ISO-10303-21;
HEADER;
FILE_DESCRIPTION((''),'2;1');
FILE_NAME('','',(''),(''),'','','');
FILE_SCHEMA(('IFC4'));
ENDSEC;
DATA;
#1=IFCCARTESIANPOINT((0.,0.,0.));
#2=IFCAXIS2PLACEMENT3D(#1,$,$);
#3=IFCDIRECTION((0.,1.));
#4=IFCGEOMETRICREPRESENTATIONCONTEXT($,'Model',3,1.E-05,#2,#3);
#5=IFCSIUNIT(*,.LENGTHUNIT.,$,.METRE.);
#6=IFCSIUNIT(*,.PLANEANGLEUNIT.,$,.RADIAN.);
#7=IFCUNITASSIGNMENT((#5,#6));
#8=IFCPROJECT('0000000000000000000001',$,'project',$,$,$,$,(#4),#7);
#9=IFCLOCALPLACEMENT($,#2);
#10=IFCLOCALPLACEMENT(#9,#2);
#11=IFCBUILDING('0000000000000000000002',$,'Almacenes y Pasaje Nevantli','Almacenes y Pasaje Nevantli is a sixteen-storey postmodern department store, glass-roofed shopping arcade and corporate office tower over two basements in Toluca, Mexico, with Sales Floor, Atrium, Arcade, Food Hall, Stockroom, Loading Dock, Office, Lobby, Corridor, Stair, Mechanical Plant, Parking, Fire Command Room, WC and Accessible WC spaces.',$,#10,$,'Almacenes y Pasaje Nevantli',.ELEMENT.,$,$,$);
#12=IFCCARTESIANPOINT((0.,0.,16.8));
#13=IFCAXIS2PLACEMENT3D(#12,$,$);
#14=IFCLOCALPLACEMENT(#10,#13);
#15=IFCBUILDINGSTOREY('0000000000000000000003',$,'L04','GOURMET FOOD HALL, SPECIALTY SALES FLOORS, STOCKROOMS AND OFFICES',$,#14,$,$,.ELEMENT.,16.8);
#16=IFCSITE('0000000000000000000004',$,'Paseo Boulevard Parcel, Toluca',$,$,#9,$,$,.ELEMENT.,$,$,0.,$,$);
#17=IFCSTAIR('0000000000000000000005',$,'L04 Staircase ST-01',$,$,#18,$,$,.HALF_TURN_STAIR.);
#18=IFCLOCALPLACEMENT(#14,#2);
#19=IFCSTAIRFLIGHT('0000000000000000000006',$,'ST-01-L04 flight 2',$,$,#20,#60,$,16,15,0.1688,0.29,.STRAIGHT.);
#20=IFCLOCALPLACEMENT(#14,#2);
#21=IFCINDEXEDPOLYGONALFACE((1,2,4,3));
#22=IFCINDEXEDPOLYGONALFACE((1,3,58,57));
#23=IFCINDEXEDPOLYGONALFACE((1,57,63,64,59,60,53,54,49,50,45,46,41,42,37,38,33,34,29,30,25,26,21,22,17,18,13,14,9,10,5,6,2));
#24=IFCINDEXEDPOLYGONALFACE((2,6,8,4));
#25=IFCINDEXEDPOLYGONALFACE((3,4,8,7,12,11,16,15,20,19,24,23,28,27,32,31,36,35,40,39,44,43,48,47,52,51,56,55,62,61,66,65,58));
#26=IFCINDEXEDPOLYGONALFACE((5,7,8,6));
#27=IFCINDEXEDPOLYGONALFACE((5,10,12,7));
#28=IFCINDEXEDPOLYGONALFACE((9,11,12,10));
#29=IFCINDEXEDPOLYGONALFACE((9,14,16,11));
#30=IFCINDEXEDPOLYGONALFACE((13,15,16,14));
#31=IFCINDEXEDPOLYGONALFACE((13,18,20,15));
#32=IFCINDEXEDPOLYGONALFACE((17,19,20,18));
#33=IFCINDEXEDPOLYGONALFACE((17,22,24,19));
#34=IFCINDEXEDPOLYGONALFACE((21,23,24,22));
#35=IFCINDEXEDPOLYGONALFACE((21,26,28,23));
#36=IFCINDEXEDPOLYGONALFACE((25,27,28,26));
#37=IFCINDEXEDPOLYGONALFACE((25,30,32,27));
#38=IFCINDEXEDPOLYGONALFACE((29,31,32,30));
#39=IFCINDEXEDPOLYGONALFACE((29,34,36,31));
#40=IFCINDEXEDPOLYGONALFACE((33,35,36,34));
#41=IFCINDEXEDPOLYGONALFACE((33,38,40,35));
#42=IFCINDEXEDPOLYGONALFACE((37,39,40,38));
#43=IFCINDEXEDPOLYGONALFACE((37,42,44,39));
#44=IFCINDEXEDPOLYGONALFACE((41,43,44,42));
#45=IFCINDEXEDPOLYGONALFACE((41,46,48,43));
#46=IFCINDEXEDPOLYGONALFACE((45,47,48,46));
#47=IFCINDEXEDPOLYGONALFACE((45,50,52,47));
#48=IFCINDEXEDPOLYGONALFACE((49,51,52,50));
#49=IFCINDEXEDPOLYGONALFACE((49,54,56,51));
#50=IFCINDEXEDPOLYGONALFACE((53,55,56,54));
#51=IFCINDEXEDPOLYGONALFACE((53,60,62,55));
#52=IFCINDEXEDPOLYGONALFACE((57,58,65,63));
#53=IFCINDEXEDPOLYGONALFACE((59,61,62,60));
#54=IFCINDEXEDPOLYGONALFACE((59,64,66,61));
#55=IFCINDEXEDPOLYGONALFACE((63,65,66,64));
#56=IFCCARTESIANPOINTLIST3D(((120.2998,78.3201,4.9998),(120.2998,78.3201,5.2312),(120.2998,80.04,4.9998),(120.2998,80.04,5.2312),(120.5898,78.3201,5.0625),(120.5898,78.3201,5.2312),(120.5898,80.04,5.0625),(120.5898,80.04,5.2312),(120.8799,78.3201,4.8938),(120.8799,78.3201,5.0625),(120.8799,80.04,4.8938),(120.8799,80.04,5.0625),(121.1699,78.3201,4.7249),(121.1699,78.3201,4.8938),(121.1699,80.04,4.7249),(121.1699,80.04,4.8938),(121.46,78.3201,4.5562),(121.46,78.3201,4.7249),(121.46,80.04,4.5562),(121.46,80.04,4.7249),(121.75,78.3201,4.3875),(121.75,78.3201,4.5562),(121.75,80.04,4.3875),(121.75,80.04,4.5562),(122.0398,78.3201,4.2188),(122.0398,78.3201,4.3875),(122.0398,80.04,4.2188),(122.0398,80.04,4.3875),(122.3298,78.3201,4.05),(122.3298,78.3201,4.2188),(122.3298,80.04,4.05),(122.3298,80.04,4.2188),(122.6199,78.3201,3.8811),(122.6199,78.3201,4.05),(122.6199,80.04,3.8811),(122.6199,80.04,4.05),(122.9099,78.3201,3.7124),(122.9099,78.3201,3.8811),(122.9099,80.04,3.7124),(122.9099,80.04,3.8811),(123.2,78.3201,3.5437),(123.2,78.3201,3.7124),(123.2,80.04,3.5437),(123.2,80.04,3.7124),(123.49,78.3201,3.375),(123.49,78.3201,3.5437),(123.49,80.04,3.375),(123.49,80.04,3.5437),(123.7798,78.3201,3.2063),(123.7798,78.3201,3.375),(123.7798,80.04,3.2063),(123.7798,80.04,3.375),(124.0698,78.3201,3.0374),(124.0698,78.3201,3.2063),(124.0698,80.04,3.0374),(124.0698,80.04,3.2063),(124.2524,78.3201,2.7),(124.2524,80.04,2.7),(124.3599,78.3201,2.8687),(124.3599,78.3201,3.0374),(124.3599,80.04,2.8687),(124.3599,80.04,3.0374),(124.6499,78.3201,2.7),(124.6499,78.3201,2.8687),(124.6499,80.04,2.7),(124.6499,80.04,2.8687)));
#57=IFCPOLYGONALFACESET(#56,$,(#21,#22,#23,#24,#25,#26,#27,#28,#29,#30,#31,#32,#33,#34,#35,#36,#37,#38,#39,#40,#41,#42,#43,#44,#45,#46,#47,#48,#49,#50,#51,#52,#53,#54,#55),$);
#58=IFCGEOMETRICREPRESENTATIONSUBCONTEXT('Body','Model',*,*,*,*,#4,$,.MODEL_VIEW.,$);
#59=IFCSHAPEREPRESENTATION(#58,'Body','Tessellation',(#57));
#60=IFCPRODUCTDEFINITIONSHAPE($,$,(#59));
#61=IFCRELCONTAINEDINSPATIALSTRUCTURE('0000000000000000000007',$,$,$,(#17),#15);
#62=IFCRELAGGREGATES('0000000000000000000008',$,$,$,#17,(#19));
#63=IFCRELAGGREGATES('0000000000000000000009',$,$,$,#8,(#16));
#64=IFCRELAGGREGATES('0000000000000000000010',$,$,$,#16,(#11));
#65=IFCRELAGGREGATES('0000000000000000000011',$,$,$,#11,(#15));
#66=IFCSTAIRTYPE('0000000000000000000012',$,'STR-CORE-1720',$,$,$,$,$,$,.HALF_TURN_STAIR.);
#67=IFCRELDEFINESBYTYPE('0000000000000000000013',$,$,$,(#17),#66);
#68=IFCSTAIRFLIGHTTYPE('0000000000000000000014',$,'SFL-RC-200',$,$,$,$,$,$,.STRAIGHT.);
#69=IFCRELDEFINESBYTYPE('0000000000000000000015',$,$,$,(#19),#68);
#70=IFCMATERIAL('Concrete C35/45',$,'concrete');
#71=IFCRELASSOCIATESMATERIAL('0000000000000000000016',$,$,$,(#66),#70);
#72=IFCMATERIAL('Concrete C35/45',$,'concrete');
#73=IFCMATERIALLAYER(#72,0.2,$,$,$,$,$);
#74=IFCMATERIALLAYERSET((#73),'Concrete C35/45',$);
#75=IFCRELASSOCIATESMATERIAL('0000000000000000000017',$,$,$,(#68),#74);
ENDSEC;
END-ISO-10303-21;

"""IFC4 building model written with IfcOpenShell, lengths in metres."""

from ifc_helpers import new_model, si_unit, direction, frame, origin, place, context, subcontext, project, spatial, polyline, outline, extrude, material, layer, layer_set, type_object, element, aggregate, save


model = new_model("IFC4")

# Units and contexts
model_context = context("Model", 3, precision=1e-05, world=origin(), true_north=direction((0.0, 1.0)))
body_context = subcontext(model_context, "Body", "Model", "MODEL_VIEW")
ifc_project = project(units=[si_unit("LENGTHUNIT", "METRE"), si_unit("PLANEANGLEUNIT", "RADIAN")], contexts=[model_context])

# Site, building, storey
site_placement = place(None, origin())
site = spatial("IfcSite", under=ifc_project, at=site_placement, Name="Paseo Boulevard Parcel, Toluca", CompositionType="ELEMENT", RefElevation=0.0)
building_placement = place(site_placement, origin())
building = spatial("IfcBuilding", under=site, at=building_placement, Name="Almacenes y Pasaje Nevantli", Description="Almacenes y Pasaje Nevantli is a sixteen-storey postmodern department store, glass-roofed shopping arcade and corporate office tower over two basements in Toluca, Mexico, with Sales Floor, Atrium, Arcade, Food Hall, Stockroom, Loading Dock, Office, Lobby, Corridor, Stair, Mechanical Plant, Parking, Fire Command Room, WC and Accessible WC spaces.", LongName="Almacenes y Pasaje Nevantli", CompositionType="ELEMENT")
storey_placement = place(building_placement, frame((0.0, 0.0, 16.8)))
storey = spatial("IfcBuildingStorey", under=building, at=storey_placement, Name="L04", Description="GOURMET FOOD HALL, SPECIALTY SALES FLOORS, STOCKROOMS AND OFFICES", CompositionType="ELEMENT", Elevation=16.8)

# Stair, stair flight
ifc_material_1 = material(Name="Concrete C35/45", Category="concrete")
stair_type = type_object("IfcStairType", Name="STR-CORE-1720", PredefinedType="HALF_TURN_STAIR", material=ifc_material_1)
stair_placement = place(storey_placement, origin())
stair = element("IfcStair", 1, at=stair_placement, inside=storey, type_object=stair_type, Name="L04 Staircase ST-01", PredefinedType="HALF_TURN_STAIR")
ifc_material_2 = material(Name="Concrete C35/45", Category="concrete")
ifc_layer_1 = layer(ifc_material_2, 0.2)
ifc_layer_set_1 = layer_set([ifc_layer_1], Name="Concrete C35/45")
stair_flight_type = type_object("IfcStairFlightType", Name="SFL-RC-200", PredefinedType="STRAIGHT", material=ifc_layer_set_1)
stair_flight_placement = place(storey_placement, frame((124.6499, 79.1799, 2.7), z_axis=(0.0, 0.0, 1.0), x_axis=(-1.0, 0.0, 0.0)))
stair_flight = element("IfcStairFlight", 2, at=stair_flight_placement, type_object=stair_flight_type, Name="ST-01-L04 flight 2", NumberOfRisers=16, NumberOfTreads=15, PredefinedType="STRAIGHT", RiserHeight=0.1688, TreadLength=0.29, context=body_context, shape_type="SweptSolid", body=[
    extrude(outline(polyline([(0.0, 0.0), (0.0, 0.1687), (0.29, 0.1687), (0.29, 0.3374), (0.5801, 0.3374), (0.5801, 0.5063), (0.8701, 0.5063), (0.8701, 0.675), (1.1599, 0.675), (1.1599, 0.8438), (1.45, 0.8438), (1.45, 1.0125), (1.74, 1.0125), (1.74, 1.1812), (2.03, 1.1812), (2.03, 1.3501), (2.3201, 1.3501), (2.3201, 1.5188), (2.6101, 1.5188), (2.6101, 1.6875), (2.8999, 1.6875), (2.8999, 1.8562), (3.1899, 1.8562), (3.1899, 2.0249), (3.48, 2.0249), (3.48, 2.1938), (3.77, 2.1938), (3.77, 2.3625), (4.0601, 2.3625), (4.0601, 2.5312), (4.3501, 2.5312), (4.3501, 2.7), (4.3501, 2.2998), (0.3975, 0.0), (0.0, 0.0)])), frame((0.0, 0.8599, 0.0), z_axis=(0.0, -1.0, 0.0), x_axis=(1.0, 0.0, 0.0)), (0.0, 0.0, 1.0), 1.72),
])
aggregate(stair, [stair_flight])

save(model, "model.ifc")
